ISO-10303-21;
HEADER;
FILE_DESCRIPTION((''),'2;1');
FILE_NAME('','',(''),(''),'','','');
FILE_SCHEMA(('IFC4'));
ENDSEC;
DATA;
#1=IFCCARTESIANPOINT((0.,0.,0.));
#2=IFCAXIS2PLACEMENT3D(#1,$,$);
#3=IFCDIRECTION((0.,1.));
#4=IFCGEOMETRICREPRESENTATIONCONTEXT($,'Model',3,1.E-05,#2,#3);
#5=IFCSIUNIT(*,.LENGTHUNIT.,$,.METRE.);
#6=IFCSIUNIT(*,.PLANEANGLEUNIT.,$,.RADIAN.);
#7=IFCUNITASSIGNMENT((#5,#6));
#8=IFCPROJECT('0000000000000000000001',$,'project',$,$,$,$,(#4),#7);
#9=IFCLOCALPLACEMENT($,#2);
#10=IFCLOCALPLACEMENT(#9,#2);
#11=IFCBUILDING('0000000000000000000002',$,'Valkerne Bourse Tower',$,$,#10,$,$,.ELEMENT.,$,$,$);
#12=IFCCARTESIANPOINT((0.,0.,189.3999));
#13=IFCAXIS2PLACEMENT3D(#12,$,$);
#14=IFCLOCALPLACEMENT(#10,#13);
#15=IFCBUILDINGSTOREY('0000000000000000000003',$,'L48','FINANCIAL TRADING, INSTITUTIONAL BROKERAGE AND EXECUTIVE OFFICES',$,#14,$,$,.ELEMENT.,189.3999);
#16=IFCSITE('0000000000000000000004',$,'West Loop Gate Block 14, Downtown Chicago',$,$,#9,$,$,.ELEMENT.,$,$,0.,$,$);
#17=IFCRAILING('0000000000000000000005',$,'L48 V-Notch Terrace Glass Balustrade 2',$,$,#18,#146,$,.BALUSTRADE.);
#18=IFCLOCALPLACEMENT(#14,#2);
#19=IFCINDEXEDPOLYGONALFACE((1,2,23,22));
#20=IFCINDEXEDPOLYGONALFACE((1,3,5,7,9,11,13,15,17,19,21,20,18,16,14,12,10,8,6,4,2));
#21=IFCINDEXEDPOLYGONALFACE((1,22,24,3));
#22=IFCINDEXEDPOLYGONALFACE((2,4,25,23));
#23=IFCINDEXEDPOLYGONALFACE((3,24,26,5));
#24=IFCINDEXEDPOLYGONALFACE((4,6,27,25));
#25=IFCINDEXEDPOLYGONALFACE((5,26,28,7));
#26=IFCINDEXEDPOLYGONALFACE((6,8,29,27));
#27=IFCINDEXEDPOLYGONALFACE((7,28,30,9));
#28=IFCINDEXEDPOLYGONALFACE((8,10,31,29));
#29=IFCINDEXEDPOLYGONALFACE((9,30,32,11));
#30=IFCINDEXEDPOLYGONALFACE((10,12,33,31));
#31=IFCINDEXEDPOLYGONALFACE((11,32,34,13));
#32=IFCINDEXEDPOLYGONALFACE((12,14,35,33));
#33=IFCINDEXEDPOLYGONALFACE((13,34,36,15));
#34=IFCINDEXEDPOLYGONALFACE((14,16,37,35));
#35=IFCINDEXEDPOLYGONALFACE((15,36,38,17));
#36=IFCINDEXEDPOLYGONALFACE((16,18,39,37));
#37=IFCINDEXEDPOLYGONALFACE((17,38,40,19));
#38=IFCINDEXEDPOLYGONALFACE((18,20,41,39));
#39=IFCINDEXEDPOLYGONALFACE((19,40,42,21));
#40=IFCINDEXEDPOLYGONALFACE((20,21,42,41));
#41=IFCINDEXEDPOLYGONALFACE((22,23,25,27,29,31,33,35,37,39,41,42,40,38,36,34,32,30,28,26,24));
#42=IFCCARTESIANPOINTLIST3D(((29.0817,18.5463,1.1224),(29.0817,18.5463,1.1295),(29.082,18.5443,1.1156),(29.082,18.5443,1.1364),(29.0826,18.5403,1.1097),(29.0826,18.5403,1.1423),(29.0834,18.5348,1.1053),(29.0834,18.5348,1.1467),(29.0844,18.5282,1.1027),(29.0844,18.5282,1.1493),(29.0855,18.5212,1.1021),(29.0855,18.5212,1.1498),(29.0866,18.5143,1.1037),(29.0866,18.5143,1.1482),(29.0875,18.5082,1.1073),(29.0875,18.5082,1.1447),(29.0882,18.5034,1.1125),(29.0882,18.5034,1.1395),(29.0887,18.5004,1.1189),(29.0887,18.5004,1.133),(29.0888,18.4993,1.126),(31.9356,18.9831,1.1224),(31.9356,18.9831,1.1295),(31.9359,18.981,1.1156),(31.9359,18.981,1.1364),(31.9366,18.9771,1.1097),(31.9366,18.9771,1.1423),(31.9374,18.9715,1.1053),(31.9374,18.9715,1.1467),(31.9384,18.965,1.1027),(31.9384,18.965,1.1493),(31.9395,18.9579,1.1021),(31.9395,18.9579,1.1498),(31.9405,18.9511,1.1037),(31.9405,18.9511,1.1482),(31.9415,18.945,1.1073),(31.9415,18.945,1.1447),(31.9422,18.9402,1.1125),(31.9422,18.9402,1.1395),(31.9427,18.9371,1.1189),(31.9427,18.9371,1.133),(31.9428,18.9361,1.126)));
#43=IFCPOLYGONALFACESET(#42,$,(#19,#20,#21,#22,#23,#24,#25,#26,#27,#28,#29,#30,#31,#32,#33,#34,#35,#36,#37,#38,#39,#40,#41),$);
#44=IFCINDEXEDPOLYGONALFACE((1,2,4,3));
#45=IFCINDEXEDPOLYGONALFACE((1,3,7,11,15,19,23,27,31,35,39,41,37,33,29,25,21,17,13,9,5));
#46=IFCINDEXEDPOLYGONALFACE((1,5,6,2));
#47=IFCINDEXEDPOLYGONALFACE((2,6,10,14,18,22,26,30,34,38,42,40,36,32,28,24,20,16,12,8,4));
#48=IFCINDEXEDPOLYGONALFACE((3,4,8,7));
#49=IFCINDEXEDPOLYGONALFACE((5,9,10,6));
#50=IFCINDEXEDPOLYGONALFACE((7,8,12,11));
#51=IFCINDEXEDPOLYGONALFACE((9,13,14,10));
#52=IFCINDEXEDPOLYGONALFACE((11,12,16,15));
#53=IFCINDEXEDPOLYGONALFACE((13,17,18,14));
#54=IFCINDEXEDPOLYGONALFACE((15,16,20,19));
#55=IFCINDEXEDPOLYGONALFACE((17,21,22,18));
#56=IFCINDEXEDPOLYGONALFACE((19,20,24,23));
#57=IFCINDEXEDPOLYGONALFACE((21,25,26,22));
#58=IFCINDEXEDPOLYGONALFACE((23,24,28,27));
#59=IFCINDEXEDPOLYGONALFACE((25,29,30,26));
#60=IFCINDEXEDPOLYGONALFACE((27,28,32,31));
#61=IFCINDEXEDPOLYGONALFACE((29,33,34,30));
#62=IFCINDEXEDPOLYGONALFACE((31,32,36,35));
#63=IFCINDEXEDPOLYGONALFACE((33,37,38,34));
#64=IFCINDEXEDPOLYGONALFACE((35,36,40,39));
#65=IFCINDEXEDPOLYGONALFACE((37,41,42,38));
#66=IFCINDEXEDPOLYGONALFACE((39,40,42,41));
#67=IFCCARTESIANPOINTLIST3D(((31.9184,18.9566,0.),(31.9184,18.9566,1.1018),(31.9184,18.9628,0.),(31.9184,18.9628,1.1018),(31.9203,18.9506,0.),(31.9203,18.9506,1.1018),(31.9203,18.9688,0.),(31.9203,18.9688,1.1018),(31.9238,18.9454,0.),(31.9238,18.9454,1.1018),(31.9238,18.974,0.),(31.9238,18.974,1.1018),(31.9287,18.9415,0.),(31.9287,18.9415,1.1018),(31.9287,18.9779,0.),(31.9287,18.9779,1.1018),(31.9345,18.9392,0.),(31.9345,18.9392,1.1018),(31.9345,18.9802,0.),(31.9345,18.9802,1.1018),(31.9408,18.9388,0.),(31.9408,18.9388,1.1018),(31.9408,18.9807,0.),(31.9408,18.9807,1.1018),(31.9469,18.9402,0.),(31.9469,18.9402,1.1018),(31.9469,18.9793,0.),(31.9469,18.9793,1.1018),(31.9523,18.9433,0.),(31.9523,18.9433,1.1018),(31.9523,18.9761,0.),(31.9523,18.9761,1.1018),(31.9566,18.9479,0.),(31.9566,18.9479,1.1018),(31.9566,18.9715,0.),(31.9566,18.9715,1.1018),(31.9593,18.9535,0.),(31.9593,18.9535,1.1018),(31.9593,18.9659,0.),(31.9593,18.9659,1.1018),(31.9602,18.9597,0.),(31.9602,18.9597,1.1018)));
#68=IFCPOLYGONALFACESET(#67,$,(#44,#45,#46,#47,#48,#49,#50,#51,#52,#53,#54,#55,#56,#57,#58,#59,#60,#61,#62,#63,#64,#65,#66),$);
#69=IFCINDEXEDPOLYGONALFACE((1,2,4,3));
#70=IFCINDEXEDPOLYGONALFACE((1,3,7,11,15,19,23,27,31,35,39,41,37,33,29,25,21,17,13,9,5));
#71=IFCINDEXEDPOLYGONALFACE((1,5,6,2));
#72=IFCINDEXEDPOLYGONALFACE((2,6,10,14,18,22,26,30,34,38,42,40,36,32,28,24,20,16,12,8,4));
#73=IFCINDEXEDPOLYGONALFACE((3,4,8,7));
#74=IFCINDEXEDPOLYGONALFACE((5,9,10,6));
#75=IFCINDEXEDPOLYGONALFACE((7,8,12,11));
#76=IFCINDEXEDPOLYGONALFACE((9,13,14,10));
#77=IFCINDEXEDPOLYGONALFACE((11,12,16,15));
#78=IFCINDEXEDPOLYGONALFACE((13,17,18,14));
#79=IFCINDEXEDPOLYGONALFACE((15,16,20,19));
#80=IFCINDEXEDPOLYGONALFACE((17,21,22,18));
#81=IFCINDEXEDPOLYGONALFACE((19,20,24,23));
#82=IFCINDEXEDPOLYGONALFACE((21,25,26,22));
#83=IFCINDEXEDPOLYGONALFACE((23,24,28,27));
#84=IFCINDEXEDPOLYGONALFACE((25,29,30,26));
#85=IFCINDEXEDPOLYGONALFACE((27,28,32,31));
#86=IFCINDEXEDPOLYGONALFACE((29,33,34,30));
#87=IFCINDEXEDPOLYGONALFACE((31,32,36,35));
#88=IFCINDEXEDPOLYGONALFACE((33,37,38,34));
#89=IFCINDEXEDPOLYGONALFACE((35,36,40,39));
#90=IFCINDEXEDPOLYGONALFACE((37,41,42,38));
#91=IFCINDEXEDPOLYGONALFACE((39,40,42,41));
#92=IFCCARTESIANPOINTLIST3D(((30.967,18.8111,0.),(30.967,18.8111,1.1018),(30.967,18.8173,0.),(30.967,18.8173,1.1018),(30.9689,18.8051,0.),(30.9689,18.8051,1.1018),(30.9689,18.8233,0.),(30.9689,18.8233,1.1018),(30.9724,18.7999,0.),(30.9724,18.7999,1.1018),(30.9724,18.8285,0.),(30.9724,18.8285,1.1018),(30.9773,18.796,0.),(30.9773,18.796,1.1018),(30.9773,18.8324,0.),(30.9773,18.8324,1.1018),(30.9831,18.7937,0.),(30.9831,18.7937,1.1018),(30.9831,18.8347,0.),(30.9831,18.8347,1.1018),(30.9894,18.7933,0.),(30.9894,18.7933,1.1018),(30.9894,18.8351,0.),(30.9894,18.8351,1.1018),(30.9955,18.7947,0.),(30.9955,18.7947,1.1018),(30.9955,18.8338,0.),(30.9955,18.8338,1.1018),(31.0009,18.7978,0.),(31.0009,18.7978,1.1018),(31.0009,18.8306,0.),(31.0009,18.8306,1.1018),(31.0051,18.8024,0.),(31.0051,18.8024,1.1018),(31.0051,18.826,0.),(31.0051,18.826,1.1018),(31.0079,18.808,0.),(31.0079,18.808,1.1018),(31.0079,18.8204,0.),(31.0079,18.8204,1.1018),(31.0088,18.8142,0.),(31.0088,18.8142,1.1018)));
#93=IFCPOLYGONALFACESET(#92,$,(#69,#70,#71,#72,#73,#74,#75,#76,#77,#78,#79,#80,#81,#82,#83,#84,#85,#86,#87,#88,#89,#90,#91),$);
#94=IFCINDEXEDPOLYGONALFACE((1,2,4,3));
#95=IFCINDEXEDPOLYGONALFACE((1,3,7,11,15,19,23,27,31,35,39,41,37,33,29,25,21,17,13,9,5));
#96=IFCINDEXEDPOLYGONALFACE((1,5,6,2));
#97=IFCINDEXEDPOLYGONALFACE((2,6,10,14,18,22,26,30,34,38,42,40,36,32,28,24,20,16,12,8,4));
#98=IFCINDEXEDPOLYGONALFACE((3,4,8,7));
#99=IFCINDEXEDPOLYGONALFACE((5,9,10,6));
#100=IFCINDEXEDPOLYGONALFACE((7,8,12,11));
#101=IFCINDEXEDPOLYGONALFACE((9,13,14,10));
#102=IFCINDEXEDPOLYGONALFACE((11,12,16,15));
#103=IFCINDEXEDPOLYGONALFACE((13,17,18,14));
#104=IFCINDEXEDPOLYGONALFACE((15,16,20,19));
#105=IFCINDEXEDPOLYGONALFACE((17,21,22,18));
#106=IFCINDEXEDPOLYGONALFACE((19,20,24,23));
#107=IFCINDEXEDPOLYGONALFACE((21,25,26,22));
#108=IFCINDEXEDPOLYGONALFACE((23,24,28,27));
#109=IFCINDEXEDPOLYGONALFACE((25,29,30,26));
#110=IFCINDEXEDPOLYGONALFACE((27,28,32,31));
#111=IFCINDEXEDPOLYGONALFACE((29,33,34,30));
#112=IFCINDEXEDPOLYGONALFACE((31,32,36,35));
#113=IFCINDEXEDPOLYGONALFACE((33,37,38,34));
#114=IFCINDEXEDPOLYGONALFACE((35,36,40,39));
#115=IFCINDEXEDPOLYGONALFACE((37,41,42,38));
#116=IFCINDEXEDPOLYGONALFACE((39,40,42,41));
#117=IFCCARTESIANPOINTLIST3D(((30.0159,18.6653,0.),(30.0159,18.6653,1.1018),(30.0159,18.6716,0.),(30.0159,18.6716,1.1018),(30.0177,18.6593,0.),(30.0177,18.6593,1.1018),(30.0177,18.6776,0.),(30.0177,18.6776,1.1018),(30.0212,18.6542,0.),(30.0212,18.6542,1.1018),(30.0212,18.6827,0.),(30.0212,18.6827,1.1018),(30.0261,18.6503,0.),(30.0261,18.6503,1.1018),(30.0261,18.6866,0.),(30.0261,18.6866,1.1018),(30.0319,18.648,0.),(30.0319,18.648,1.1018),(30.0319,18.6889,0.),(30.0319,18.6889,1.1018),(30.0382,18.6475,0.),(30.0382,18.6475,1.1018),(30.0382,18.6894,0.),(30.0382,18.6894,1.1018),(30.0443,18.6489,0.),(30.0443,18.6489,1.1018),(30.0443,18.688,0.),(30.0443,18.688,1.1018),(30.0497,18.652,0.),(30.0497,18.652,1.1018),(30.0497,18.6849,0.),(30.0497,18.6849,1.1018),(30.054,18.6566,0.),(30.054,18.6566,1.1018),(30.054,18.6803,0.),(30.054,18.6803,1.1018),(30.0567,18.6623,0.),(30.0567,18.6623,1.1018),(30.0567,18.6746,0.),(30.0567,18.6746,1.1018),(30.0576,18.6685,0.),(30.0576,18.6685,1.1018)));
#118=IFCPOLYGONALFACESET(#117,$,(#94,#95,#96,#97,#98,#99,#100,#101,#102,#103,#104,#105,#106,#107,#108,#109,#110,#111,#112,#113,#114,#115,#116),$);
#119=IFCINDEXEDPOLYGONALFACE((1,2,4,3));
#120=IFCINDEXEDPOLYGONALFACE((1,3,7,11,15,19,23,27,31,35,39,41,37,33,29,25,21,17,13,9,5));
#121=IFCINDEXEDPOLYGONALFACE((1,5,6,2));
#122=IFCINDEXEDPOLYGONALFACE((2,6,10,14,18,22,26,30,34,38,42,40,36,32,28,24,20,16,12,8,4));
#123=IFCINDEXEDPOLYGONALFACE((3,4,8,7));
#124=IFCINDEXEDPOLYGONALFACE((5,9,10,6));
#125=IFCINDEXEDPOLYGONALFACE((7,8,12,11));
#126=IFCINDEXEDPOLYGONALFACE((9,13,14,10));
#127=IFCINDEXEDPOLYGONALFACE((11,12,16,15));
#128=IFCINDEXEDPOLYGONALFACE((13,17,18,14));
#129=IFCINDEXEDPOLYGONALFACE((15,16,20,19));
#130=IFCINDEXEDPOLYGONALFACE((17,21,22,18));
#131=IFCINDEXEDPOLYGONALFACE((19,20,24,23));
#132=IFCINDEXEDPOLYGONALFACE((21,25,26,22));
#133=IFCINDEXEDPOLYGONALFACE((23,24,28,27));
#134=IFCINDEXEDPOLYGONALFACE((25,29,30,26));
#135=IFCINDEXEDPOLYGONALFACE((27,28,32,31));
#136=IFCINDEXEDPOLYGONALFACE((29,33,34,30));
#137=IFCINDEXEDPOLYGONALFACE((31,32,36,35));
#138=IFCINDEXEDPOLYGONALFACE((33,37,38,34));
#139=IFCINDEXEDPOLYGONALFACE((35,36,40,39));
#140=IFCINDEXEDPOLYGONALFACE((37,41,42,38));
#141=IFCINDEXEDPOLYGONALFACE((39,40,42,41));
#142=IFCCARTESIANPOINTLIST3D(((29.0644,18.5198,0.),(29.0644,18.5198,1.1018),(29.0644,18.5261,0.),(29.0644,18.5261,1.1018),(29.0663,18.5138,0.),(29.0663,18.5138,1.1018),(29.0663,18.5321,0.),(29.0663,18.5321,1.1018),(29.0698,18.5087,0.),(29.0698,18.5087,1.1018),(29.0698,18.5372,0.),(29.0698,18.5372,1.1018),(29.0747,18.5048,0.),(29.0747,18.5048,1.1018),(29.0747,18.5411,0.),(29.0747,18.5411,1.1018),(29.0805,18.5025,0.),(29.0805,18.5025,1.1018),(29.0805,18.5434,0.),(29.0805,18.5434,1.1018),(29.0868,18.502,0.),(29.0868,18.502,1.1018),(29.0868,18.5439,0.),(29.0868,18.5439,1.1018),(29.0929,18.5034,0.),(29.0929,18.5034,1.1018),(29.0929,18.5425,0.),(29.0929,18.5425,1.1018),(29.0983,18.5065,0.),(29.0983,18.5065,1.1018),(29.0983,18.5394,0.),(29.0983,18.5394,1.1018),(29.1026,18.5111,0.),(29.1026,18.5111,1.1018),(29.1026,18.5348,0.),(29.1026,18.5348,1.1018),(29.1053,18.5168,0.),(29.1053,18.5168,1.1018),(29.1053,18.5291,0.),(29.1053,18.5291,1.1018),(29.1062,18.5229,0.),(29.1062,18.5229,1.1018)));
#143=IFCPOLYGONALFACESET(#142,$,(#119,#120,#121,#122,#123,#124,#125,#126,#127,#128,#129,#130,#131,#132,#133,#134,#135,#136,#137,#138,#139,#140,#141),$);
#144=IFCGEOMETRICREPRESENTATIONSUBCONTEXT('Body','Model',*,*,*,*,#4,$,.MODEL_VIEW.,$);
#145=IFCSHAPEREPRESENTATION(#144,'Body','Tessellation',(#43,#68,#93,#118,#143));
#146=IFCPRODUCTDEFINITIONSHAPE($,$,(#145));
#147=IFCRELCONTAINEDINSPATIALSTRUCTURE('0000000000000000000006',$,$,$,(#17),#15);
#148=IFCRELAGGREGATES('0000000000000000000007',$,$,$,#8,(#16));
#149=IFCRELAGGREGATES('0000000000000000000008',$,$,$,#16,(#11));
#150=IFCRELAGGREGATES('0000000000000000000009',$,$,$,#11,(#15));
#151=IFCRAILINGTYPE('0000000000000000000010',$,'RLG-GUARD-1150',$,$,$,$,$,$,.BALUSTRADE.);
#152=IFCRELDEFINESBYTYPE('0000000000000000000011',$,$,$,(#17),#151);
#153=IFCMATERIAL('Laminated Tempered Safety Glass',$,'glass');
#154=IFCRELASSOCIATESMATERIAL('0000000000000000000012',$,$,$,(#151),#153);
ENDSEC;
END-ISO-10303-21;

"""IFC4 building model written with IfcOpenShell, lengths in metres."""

from ifc_helpers import new_model, si_unit, direction, frame, origin, origin_2d, place, context, subcontext, project, spatial, circle, extrude, material, type_object, element, save


model = new_model("IFC4")

# Units and contexts
model_context = context("Model", 3, precision=1e-05, world=origin(), true_north=direction((0.0, 1.0)))
body_context = subcontext(model_context, "Body", "Model", "MODEL_VIEW")
ifc_project = project(units=[si_unit("LENGTHUNIT", "METRE"), si_unit("PLANEANGLEUNIT", "RADIAN")], contexts=[model_context])

# Site, building, storey
site_placement = place(None, origin())
site = spatial("IfcSite", under=ifc_project, at=site_placement, Name="West Loop Gate Block 14, Downtown Chicago", CompositionType="ELEMENT", RefElevation=0.0)
building_placement = place(site_placement, origin())
building = spatial("IfcBuilding", under=site, at=building_placement, Name="Valkerne Bourse Tower", CompositionType="ELEMENT")
storey_placement = place(building_placement, frame((0.0, 0.0, 189.3999)))
storey = spatial("IfcBuildingStorey", under=building, at=storey_placement, Name="L48", Description="FINANCIAL TRADING, INSTITUTIONAL BROKERAGE AND EXECUTIVE OFFICES", CompositionType="ELEMENT", Elevation=189.3999)

# Railing
ifc_material_1 = material(Name="Laminated Tempered Safety Glass", Category="glass")
railing_type = type_object("IfcRailingType", Name="RLG-GUARD-1150", PredefinedType="BALUSTRADE", material=ifc_material_1)
railing_1_placement = place(storey_placement, frame((31.9392, 18.9597, 0.0)))
element("IfcRailing", 1, at=railing_1_placement, inside=storey, type_object=railing_type, Name="L48 V-Notch Terrace Glass Balustrade 2", PredefinedType="BALUSTRADE", context=body_context, shape_type="SweptSolid", body=[
    extrude(circle(Radius=0.0239, at=origin_2d()), frame((0.0, 0.0, 1.126), z_axis=(-0.988492, -0.151276, 0.0), x_axis=(0.151276, -0.988492, 0.0)), (0.0, 0.0, 1.0), 2.8872),
    extrude(circle(Radius=0.021, at=origin_2d()), origin(), (0.0, 0.0, 1.0), 1.1018),
    extrude(circle(Radius=0.021, at=origin_2d()), frame((-0.9514, -0.1455, 0.0)), (0.0, 0.0, 1.0), 1.1018),
    extrude(circle(Radius=0.021, at=origin_2d()), frame((-1.9026, -0.2913, 0.0)), (0.0, 0.0, 1.0), 1.1018),
    extrude(circle(Radius=0.021, at=origin_2d()), frame((-2.854, -0.4368, 0.0)), (0.0, 0.0, 1.0), 1.1018),
])

save(model, "model.ifc")
